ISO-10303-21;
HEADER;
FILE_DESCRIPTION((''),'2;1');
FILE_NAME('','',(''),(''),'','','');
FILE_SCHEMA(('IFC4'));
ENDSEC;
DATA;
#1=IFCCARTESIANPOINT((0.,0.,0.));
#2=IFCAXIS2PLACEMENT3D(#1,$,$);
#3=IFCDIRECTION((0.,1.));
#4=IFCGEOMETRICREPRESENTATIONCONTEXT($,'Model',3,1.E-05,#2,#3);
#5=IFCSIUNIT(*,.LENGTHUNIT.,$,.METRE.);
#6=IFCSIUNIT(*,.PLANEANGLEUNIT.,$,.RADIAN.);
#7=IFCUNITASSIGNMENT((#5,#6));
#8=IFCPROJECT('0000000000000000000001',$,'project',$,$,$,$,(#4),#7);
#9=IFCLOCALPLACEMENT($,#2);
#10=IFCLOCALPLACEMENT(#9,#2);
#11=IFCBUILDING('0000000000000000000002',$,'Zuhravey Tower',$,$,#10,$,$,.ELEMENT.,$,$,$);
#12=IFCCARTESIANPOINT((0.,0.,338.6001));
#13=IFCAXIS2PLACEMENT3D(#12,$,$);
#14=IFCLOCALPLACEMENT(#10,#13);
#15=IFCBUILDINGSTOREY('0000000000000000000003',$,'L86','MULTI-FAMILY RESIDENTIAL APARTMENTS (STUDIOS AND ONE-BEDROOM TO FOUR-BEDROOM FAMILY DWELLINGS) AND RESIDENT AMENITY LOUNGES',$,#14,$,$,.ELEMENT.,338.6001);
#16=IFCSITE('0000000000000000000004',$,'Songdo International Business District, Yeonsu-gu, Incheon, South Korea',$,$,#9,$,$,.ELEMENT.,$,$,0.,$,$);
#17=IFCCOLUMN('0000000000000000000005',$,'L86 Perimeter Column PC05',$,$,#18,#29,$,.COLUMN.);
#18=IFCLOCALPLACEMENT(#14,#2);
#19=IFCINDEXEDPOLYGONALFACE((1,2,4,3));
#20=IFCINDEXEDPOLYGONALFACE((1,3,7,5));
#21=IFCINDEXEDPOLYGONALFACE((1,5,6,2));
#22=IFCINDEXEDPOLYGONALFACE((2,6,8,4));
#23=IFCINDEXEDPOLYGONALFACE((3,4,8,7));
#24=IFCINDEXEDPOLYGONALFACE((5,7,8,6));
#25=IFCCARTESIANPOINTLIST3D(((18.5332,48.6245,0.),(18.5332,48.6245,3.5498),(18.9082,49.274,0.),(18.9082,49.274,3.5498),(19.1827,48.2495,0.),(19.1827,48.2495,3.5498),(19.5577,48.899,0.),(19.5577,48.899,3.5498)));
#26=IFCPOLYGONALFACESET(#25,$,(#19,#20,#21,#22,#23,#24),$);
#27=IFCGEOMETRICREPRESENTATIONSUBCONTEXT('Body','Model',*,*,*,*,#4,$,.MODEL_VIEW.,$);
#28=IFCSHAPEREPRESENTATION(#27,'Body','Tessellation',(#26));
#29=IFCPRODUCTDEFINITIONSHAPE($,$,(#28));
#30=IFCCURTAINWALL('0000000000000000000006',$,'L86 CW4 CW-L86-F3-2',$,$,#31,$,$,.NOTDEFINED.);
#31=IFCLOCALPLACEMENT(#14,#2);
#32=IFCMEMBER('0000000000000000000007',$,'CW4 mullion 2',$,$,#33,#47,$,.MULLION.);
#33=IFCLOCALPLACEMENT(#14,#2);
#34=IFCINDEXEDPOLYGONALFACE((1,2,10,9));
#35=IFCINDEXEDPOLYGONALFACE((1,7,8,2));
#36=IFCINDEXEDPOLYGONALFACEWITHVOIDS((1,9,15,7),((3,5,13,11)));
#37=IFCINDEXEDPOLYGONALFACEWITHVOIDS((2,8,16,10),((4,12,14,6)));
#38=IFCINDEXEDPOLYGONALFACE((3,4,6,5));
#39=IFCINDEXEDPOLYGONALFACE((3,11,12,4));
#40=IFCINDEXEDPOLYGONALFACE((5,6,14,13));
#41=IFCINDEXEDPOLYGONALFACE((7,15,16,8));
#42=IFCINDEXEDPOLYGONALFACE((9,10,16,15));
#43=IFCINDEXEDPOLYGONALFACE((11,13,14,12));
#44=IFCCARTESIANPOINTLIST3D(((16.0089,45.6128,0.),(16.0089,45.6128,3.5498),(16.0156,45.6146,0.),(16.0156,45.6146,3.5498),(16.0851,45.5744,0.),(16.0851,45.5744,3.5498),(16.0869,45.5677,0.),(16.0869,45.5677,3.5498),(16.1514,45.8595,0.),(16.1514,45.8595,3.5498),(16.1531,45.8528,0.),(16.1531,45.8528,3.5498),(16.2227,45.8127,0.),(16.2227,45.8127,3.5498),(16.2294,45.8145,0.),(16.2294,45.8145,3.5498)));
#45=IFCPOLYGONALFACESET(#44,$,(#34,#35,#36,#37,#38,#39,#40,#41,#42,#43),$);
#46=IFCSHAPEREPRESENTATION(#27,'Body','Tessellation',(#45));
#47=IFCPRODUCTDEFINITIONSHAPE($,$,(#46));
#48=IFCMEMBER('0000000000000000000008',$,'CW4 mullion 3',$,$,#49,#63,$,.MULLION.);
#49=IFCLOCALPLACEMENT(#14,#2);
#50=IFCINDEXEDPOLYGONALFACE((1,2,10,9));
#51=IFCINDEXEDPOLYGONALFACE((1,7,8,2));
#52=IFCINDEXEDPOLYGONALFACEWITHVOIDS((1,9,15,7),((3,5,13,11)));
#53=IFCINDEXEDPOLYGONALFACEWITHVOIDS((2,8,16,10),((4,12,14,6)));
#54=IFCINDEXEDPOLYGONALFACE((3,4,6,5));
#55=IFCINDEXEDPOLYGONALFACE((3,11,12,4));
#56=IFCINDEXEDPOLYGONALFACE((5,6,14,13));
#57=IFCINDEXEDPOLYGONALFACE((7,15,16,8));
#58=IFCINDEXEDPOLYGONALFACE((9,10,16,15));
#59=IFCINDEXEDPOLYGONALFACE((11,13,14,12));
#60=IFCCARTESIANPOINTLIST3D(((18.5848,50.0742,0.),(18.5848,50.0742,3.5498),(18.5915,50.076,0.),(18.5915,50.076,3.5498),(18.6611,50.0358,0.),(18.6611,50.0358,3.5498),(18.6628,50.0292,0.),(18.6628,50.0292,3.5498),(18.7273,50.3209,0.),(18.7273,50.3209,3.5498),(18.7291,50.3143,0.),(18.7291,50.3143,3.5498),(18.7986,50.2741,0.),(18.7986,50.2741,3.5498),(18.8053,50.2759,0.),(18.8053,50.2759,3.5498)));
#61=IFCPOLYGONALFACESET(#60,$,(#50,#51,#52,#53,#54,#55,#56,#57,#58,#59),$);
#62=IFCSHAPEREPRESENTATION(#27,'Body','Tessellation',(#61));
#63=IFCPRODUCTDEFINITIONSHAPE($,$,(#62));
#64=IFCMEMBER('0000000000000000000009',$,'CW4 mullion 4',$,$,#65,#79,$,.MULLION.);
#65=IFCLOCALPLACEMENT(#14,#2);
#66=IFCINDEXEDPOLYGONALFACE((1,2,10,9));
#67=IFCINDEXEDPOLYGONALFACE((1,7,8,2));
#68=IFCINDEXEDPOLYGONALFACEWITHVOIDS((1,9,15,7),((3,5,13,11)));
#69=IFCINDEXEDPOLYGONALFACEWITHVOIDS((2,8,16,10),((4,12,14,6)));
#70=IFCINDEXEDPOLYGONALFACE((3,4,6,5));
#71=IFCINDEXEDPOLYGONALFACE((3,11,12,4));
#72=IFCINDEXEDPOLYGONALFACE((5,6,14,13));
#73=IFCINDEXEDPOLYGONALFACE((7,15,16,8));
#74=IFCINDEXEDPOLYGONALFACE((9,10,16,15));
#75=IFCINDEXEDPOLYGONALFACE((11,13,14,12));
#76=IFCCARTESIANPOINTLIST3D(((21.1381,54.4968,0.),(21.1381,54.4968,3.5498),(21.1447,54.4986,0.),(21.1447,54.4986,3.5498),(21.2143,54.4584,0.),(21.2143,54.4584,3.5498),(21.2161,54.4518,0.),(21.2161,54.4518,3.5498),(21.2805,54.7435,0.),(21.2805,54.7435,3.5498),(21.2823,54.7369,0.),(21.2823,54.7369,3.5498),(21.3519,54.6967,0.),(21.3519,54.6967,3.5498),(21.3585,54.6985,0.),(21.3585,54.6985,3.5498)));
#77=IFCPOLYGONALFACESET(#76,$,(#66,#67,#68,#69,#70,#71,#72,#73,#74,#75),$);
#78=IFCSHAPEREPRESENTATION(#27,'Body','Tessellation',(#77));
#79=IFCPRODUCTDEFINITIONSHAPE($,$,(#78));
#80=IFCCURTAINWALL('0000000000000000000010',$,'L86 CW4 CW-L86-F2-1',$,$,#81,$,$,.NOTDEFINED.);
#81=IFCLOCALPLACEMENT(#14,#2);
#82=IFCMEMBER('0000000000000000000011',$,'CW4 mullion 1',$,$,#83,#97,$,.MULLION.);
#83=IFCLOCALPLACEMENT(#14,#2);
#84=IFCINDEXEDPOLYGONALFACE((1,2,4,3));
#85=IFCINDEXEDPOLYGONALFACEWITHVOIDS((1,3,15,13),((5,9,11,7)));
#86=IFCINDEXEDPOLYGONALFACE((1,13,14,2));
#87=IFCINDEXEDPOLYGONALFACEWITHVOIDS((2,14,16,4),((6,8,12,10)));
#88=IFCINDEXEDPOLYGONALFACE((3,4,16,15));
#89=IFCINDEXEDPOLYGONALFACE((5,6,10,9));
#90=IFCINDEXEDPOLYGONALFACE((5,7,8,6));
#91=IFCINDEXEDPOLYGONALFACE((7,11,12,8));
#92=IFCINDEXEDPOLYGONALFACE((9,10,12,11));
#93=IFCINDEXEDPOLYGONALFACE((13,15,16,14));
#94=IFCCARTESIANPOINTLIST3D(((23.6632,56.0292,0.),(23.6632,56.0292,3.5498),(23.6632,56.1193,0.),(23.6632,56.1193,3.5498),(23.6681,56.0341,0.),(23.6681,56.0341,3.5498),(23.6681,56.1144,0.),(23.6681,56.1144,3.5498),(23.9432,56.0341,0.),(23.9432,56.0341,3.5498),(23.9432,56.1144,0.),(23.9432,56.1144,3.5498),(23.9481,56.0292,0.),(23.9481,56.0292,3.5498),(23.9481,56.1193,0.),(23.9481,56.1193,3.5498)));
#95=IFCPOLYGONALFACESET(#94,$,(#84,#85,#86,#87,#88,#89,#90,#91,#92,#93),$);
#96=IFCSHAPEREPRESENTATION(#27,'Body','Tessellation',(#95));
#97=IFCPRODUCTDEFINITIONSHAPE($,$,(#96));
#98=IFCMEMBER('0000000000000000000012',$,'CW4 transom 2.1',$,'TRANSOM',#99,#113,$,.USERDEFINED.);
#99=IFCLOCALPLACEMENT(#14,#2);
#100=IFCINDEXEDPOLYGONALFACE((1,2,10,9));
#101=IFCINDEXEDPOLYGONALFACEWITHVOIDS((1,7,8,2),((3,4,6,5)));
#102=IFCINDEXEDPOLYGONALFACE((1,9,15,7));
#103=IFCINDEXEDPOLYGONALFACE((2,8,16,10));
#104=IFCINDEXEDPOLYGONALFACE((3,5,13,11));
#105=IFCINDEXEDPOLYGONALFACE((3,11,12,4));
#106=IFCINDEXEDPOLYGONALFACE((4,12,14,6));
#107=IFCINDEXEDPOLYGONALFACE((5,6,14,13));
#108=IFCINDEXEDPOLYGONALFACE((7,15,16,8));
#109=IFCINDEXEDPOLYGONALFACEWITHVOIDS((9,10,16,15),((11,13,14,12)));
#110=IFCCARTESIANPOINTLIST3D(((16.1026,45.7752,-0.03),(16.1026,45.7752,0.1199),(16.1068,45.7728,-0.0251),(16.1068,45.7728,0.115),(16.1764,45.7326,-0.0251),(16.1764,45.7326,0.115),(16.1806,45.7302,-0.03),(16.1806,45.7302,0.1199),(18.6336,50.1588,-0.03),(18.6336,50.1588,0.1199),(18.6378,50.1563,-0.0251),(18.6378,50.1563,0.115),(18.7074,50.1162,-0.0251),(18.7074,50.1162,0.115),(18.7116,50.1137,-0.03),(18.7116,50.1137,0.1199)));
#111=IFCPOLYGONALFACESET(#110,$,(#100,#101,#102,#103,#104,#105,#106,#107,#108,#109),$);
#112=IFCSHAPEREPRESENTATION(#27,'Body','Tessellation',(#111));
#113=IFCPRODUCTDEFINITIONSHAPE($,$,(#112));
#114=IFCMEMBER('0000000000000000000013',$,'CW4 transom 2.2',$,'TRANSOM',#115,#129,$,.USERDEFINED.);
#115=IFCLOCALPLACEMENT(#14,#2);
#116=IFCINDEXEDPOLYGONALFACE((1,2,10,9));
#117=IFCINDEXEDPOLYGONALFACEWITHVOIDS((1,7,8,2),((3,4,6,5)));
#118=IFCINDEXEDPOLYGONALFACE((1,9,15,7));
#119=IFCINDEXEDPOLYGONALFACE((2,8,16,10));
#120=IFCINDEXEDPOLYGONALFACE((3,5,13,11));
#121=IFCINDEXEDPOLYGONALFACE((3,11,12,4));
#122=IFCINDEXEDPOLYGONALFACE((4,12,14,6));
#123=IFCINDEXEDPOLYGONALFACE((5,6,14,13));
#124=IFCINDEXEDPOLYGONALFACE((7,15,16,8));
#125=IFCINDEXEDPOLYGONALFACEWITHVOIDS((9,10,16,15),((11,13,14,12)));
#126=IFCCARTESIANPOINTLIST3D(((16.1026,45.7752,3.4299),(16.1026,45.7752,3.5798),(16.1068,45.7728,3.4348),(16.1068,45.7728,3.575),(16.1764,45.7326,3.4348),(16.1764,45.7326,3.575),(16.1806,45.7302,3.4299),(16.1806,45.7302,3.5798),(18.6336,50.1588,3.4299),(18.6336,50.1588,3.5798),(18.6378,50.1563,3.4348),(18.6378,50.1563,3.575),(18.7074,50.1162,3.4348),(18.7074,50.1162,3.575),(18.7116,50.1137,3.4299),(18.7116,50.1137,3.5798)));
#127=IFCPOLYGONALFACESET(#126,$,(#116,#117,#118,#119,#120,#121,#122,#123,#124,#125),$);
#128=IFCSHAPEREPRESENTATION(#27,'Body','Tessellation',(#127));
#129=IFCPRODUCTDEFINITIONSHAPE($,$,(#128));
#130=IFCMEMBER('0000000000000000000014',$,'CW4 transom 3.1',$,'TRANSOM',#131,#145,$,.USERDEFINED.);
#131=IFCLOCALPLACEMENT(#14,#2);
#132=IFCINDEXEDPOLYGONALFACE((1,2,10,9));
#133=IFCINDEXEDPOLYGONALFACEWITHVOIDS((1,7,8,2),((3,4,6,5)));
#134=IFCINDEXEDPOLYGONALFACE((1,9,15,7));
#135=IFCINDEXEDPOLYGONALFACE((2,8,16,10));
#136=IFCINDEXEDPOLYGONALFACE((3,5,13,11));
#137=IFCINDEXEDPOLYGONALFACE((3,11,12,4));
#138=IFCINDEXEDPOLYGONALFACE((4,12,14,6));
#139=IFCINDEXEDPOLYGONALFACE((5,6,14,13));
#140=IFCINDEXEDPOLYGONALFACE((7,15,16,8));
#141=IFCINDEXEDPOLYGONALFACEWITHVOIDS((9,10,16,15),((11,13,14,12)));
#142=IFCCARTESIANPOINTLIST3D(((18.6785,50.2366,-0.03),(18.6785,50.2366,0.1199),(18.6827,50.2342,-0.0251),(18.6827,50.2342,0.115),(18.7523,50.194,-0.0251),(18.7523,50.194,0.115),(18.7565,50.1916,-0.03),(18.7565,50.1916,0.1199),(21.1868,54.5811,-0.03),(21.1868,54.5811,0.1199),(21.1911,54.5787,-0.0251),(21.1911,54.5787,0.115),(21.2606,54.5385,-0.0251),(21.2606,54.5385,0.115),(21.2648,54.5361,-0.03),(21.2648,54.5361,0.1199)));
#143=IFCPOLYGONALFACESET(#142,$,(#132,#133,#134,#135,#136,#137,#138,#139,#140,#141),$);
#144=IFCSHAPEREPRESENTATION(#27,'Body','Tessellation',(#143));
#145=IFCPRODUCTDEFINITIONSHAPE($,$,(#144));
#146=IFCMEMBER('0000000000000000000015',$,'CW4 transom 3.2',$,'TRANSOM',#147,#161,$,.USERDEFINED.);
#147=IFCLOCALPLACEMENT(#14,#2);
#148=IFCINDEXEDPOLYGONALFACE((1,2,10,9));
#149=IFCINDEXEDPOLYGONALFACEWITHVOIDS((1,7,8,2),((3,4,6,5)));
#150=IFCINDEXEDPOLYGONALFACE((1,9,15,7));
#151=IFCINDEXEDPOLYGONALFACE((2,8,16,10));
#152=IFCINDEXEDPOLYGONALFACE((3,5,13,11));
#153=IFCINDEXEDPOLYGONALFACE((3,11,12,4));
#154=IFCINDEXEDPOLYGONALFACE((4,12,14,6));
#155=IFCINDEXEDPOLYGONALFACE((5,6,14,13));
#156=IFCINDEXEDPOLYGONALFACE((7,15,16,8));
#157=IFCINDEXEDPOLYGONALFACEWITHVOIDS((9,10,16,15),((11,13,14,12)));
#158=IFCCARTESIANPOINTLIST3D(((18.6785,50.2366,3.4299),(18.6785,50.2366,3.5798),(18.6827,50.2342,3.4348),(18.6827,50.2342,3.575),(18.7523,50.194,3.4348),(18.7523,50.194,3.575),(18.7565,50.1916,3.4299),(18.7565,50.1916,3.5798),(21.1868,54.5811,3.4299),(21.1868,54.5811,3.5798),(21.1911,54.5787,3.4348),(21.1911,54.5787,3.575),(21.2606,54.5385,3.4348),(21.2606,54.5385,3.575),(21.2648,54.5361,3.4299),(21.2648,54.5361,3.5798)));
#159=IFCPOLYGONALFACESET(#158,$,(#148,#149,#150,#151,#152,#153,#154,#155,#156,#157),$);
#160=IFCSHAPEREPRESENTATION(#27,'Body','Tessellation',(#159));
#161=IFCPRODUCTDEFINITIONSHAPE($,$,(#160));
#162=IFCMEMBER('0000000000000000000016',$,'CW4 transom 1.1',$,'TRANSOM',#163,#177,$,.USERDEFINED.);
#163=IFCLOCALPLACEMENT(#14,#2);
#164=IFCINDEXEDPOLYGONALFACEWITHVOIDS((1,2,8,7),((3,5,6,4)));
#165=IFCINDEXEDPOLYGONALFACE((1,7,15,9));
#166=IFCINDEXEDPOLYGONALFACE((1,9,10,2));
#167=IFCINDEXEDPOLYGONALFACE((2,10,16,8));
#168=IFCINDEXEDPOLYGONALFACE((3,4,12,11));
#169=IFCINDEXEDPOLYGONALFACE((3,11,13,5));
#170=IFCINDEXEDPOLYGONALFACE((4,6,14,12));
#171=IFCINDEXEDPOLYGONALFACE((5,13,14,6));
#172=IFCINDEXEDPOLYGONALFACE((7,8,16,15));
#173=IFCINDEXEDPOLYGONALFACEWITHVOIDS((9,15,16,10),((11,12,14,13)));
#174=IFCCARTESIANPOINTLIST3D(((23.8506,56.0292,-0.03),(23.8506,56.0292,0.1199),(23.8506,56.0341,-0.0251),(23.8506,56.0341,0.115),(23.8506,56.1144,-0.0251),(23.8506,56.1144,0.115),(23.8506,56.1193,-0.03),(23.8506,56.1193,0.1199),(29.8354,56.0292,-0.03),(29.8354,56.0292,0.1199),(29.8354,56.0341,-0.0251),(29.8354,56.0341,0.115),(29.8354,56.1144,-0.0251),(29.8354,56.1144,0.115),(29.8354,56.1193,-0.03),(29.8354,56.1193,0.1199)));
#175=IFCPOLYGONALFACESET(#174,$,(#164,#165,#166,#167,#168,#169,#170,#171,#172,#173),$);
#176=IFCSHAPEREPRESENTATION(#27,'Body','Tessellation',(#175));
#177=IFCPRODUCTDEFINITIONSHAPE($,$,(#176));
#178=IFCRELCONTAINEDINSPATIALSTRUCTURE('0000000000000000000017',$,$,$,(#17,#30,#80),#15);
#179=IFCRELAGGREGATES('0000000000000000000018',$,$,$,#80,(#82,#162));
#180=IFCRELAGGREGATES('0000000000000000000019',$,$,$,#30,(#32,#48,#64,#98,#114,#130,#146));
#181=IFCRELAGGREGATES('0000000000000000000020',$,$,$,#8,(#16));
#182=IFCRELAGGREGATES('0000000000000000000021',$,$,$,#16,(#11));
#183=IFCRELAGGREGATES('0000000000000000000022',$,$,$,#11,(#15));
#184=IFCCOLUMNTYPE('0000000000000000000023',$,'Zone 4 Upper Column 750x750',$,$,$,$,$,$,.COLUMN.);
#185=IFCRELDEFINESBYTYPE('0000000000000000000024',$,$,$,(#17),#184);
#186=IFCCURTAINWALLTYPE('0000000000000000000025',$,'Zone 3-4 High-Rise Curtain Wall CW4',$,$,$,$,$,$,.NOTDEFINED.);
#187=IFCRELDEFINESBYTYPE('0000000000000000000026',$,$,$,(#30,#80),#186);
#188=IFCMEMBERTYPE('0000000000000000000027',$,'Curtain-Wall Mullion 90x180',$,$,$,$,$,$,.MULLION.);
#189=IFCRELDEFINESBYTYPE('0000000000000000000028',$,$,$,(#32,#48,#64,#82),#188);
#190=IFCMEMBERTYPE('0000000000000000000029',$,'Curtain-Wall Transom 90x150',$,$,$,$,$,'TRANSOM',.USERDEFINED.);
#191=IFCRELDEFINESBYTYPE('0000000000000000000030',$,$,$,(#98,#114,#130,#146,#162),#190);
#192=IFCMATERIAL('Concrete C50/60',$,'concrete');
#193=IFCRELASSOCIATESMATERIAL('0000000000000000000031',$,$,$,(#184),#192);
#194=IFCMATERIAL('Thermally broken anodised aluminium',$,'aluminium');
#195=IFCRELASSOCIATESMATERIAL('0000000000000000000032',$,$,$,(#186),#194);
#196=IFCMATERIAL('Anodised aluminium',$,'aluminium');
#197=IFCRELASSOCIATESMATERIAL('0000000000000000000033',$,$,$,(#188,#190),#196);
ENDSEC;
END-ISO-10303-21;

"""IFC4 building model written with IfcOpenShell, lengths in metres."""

from ifc_helpers import new_model, si_unit, direction, frame, origin, origin_2d, place, context, subcontext, project, spatial, rectangle, hollow_rectangle, extrude, material, material_profile, profile_set, type_object, element, aggregate, save


model = new_model("IFC4")

# Units and contexts
model_context = context("Model", 3, precision=1e-05, world=origin(), true_north=direction((0.0, 1.0)))
body_context = subcontext(model_context, "Body", "Model", "MODEL_VIEW")
ifc_project = project(units=[si_unit("LENGTHUNIT", "METRE"), si_unit("PLANEANGLEUNIT", "RADIAN")], contexts=[model_context])

# Site, building, storey
site_placement = place(None, origin())
site = spatial("IfcSite", under=ifc_project, at=site_placement, Name="Songdo International Business District, Yeonsu-gu, Incheon, South Korea", CompositionType="ELEMENT", RefElevation=0.0)
building_placement = place(site_placement, origin())
building = spatial("IfcBuilding", under=site, at=building_placement, Name="Zuhravey Tower", CompositionType="ELEMENT")
storey_placement = place(building_placement, frame((0.0, 0.0, 338.6001)))
storey = spatial("IfcBuildingStorey", under=building, at=storey_placement, Name="L86", Description="MULTI-FAMILY RESIDENTIAL APARTMENTS (STUDIOS AND ONE-BEDROOM TO FOUR-BEDROOM FAMILY DWELLINGS) AND RESIDENT AMENITY LOUNGES", CompositionType="ELEMENT", Elevation=338.6001)

# Column
ifc_material_1 = material(Name="Concrete C50/60", Category="concrete")
ifc_material_profile_1 = material_profile(ifc_material_1, rectangle(XDim=0.75, YDim=0.75, at=origin_2d()), Name="RC-750x750")
ifc_profile_set_1 = profile_set([ifc_material_profile_1], Name="Concrete C50/60")
column_type = type_object("IfcColumnType", Name="Zone 4 Upper Column 750x750", PredefinedType="COLUMN", material=ifc_profile_set_1)
column_placement = place(storey_placement, frame((19.0454, 48.7617, 0.0), z_axis=(0.0, 0.0, 1.0), x_axis=(-0.5, -0.866025, 0.0)))
element("IfcColumn", 1, at=column_placement, inside=storey, type_object=column_type, Name="L86 Perimeter Column PC05", PredefinedType="COLUMN", context=body_context, shape_type="SweptSolid", body=[
    extrude(rectangle(XDim=0.75, YDim=0.75, at=origin_2d()), origin(), (0.0, 0.0, 1.0), 3.5498),
])

# Curtain wall, members
ifc_material_2 = material(Name="Thermally broken anodised aluminium", Category="aluminium")
curtain_wall_type = type_object("IfcCurtainWallType", Name="Zone 3-4 High-Rise Curtain Wall CW4", PredefinedType="NOTDEFINED", material=ifc_material_2)
curtain_wall_1_placement = place(storey_placement, origin())
curtain_wall_1 = element("IfcCurtainWall", 2, at=curtain_wall_1_placement, inside=storey, type_object=curtain_wall_type, Name="L86 CW4 CW-L86-F3-2", PredefinedType="NOTDEFINED")
ifc_material_3 = material(Name="Anodised aluminium", Category="aluminium")
ifc_material_profile_2 = material_profile(ifc_material_3, hollow_rectangle(XDim=0.0901, YDim=0.2849, WallThickness=0.0049, at=origin_2d()), Name="ALU-RHS-90x285x5")
ifc_profile_set_2 = profile_set([ifc_material_profile_2], Name="Anodised aluminium")
member_type_1 = type_object("IfcMemberType", Name="Curtain-Wall Mullion 90x180", PredefinedType="MULLION", material=ifc_profile_set_2)
member_1_placement = place(storey_placement, frame((16.1191, 45.7136, 0.0), z_axis=(0.0, 0.0, 1.0), x_axis=(-0.866024, 0.500003, 0.0)))
member_1 = element("IfcMember", 3, at=member_1_placement, type_object=member_type_1, Name="CW4 mullion 2", PredefinedType="MULLION", context=body_context, shape_type="SweptSolid", body=[
    extrude(hollow_rectangle(XDim=0.0901, YDim=0.2849, WallThickness=0.0049, at=origin_2d()), origin(), (0.0, 0.0, 1.0), 3.5498),
])
member_2_placement = place(storey_placement, frame((18.6951, 50.175, 0.0), z_axis=(0.0, 0.0, 1.0), x_axis=(-0.866024, 0.500003, 0.0)))
member_2 = element("IfcMember", 4, at=member_2_placement, type_object=member_type_1, Name="CW4 mullion 3", PredefinedType="MULLION", context=body_context, shape_type="SweptSolid", body=[
    extrude(hollow_rectangle(XDim=0.0901, YDim=0.2849, WallThickness=0.0049, at=origin_2d()), origin(), (0.0, 0.0, 1.0), 3.5498),
])
member_3_placement = place(storey_placement, frame((21.2483, 54.5977, 0.0), z_axis=(0.0, 0.0, 1.0), x_axis=(-0.866024, 0.500003, 0.0)))
member_3 = element("IfcMember", 5, at=member_3_placement, type_object=member_type_1, Name="CW4 mullion 4", PredefinedType="MULLION", context=body_context, shape_type="SweptSolid", body=[
    extrude(hollow_rectangle(XDim=0.0901, YDim=0.2849, WallThickness=0.0049, at=origin_2d()), origin(), (0.0, 0.0, 1.0), 3.5498),
])

# Curtain wall, member
curtain_wall_2_placement = place(storey_placement, origin())
curtain_wall_2 = element("IfcCurtainWall", 6, at=curtain_wall_2_placement, inside=storey, type_object=curtain_wall_type, Name="L86 CW4 CW-L86-F2-1", PredefinedType="NOTDEFINED")
member_4_placement = place(storey_placement, frame((23.8057, 56.0742, 0.0), z_axis=(0.0, 0.0, 1.0), x_axis=(0.0, 1.0, 0.0)))
member_4 = element("IfcMember", 7, at=member_4_placement, type_object=member_type_1, Name="CW4 mullion 1", PredefinedType="MULLION", context=body_context, shape_type="SweptSolid", body=[
    extrude(hollow_rectangle(XDim=0.0901, YDim=0.2849, WallThickness=0.0049, at=origin_2d()), origin(), (0.0, 0.0, 1.0), 3.5498),
])

# Members
ifc_material_profile_3 = material_profile(ifc_material_3, hollow_rectangle(XDim=0.0901, YDim=0.1499, WallThickness=0.0049, at=origin_2d()), Name="ALU-RHS-90x150x5")
ifc_profile_set_3 = profile_set([ifc_material_profile_3], Name="Anodised aluminium")
member_type_2 = type_object("IfcMemberType", Name="Curtain-Wall Transom 90x150", ElementType="TRANSOM", PredefinedType="USERDEFINED", material=ifc_profile_set_3)
member_5_placement = place(storey_placement, frame((16.1416, 45.7527, 0.0449), z_axis=(0.500024, 0.866011, 0.0), x_axis=(-0.866011, 0.500024, 0.0)))
member_5 = element("IfcMember", 8, at=member_5_placement, type_object=member_type_2, Name="CW4 transom 2.1", ObjectType="TRANSOM", PredefinedType="USERDEFINED", context=body_context, shape_type="SweptSolid", body=[
    extrude(hollow_rectangle(XDim=0.0901, YDim=0.1499, WallThickness=0.0049, at=origin_2d()), origin(), (0.0, 0.0, 1.0), 5.0618),
])
member_6_placement = place(storey_placement, frame((16.1416, 45.7527, 3.5049), z_axis=(0.500024, 0.866011, 0.0), x_axis=(-0.866011, 0.500024, 0.0)))
member_6 = element("IfcMember", 9, at=member_6_placement, type_object=member_type_2, Name="CW4 transom 2.2", ObjectType="TRANSOM", PredefinedType="USERDEFINED", context=body_context, shape_type="SweptSolid", body=[
    extrude(hollow_rectangle(XDim=0.0901, YDim=0.1499, WallThickness=0.0049, at=origin_2d()), origin(), (0.0, 0.0, 1.0), 5.0618),
])
member_7_placement = place(storey_placement, frame((18.7175, 50.2141, 0.0449), z_axis=(0.500002, 0.866024, 0.0), x_axis=(-0.866024, 0.500002, 0.0)))
member_7 = element("IfcMember", 10, at=member_7_placement, type_object=member_type_2, Name="CW4 transom 3.1", ObjectType="TRANSOM", PredefinedType="USERDEFINED", context=body_context, shape_type="SweptSolid", body=[
    extrude(hollow_rectangle(XDim=0.0901, YDim=0.1499, WallThickness=0.0049, at=origin_2d()), origin(), (0.0, 0.0, 1.0), 5.0166),
])
member_8_placement = place(storey_placement, frame((18.7175, 50.2141, 3.5049), z_axis=(0.500002, 0.866024, 0.0), x_axis=(-0.866024, 0.500002, 0.0)))
member_8 = element("IfcMember", 11, at=member_8_placement, type_object=member_type_2, Name="CW4 transom 3.2", ObjectType="TRANSOM", PredefinedType="USERDEFINED", context=body_context, shape_type="SweptSolid", body=[
    extrude(hollow_rectangle(XDim=0.0901, YDim=0.1499, WallThickness=0.0049, at=origin_2d()), origin(), (0.0, 0.0, 1.0), 5.0166),
])
member_9_placement = place(storey_placement, frame((23.8506, 56.0742, 0.0449), z_axis=(1.0, 0.0, 0.0), x_axis=(0.0, 1.0, 0.0)))
member_9 = element("IfcMember", 12, at=member_9_placement, type_object=member_type_2, Name="CW4 transom 1.1", ObjectType="TRANSOM", PredefinedType="USERDEFINED", context=body_context, shape_type="SweptSolid", body=[
    extrude(hollow_rectangle(XDim=0.0901, YDim=0.1499, WallThickness=0.0049, at=origin_2d()), origin(), (0.0, 0.0, 1.0), 5.9849),
])
aggregate(curtain_wall_2, [member_4, member_9])

aggregate(curtain_wall_1, [member_1, member_2, member_3, member_5, member_6, member_7, member_8])

save(model, "model.ifc")
